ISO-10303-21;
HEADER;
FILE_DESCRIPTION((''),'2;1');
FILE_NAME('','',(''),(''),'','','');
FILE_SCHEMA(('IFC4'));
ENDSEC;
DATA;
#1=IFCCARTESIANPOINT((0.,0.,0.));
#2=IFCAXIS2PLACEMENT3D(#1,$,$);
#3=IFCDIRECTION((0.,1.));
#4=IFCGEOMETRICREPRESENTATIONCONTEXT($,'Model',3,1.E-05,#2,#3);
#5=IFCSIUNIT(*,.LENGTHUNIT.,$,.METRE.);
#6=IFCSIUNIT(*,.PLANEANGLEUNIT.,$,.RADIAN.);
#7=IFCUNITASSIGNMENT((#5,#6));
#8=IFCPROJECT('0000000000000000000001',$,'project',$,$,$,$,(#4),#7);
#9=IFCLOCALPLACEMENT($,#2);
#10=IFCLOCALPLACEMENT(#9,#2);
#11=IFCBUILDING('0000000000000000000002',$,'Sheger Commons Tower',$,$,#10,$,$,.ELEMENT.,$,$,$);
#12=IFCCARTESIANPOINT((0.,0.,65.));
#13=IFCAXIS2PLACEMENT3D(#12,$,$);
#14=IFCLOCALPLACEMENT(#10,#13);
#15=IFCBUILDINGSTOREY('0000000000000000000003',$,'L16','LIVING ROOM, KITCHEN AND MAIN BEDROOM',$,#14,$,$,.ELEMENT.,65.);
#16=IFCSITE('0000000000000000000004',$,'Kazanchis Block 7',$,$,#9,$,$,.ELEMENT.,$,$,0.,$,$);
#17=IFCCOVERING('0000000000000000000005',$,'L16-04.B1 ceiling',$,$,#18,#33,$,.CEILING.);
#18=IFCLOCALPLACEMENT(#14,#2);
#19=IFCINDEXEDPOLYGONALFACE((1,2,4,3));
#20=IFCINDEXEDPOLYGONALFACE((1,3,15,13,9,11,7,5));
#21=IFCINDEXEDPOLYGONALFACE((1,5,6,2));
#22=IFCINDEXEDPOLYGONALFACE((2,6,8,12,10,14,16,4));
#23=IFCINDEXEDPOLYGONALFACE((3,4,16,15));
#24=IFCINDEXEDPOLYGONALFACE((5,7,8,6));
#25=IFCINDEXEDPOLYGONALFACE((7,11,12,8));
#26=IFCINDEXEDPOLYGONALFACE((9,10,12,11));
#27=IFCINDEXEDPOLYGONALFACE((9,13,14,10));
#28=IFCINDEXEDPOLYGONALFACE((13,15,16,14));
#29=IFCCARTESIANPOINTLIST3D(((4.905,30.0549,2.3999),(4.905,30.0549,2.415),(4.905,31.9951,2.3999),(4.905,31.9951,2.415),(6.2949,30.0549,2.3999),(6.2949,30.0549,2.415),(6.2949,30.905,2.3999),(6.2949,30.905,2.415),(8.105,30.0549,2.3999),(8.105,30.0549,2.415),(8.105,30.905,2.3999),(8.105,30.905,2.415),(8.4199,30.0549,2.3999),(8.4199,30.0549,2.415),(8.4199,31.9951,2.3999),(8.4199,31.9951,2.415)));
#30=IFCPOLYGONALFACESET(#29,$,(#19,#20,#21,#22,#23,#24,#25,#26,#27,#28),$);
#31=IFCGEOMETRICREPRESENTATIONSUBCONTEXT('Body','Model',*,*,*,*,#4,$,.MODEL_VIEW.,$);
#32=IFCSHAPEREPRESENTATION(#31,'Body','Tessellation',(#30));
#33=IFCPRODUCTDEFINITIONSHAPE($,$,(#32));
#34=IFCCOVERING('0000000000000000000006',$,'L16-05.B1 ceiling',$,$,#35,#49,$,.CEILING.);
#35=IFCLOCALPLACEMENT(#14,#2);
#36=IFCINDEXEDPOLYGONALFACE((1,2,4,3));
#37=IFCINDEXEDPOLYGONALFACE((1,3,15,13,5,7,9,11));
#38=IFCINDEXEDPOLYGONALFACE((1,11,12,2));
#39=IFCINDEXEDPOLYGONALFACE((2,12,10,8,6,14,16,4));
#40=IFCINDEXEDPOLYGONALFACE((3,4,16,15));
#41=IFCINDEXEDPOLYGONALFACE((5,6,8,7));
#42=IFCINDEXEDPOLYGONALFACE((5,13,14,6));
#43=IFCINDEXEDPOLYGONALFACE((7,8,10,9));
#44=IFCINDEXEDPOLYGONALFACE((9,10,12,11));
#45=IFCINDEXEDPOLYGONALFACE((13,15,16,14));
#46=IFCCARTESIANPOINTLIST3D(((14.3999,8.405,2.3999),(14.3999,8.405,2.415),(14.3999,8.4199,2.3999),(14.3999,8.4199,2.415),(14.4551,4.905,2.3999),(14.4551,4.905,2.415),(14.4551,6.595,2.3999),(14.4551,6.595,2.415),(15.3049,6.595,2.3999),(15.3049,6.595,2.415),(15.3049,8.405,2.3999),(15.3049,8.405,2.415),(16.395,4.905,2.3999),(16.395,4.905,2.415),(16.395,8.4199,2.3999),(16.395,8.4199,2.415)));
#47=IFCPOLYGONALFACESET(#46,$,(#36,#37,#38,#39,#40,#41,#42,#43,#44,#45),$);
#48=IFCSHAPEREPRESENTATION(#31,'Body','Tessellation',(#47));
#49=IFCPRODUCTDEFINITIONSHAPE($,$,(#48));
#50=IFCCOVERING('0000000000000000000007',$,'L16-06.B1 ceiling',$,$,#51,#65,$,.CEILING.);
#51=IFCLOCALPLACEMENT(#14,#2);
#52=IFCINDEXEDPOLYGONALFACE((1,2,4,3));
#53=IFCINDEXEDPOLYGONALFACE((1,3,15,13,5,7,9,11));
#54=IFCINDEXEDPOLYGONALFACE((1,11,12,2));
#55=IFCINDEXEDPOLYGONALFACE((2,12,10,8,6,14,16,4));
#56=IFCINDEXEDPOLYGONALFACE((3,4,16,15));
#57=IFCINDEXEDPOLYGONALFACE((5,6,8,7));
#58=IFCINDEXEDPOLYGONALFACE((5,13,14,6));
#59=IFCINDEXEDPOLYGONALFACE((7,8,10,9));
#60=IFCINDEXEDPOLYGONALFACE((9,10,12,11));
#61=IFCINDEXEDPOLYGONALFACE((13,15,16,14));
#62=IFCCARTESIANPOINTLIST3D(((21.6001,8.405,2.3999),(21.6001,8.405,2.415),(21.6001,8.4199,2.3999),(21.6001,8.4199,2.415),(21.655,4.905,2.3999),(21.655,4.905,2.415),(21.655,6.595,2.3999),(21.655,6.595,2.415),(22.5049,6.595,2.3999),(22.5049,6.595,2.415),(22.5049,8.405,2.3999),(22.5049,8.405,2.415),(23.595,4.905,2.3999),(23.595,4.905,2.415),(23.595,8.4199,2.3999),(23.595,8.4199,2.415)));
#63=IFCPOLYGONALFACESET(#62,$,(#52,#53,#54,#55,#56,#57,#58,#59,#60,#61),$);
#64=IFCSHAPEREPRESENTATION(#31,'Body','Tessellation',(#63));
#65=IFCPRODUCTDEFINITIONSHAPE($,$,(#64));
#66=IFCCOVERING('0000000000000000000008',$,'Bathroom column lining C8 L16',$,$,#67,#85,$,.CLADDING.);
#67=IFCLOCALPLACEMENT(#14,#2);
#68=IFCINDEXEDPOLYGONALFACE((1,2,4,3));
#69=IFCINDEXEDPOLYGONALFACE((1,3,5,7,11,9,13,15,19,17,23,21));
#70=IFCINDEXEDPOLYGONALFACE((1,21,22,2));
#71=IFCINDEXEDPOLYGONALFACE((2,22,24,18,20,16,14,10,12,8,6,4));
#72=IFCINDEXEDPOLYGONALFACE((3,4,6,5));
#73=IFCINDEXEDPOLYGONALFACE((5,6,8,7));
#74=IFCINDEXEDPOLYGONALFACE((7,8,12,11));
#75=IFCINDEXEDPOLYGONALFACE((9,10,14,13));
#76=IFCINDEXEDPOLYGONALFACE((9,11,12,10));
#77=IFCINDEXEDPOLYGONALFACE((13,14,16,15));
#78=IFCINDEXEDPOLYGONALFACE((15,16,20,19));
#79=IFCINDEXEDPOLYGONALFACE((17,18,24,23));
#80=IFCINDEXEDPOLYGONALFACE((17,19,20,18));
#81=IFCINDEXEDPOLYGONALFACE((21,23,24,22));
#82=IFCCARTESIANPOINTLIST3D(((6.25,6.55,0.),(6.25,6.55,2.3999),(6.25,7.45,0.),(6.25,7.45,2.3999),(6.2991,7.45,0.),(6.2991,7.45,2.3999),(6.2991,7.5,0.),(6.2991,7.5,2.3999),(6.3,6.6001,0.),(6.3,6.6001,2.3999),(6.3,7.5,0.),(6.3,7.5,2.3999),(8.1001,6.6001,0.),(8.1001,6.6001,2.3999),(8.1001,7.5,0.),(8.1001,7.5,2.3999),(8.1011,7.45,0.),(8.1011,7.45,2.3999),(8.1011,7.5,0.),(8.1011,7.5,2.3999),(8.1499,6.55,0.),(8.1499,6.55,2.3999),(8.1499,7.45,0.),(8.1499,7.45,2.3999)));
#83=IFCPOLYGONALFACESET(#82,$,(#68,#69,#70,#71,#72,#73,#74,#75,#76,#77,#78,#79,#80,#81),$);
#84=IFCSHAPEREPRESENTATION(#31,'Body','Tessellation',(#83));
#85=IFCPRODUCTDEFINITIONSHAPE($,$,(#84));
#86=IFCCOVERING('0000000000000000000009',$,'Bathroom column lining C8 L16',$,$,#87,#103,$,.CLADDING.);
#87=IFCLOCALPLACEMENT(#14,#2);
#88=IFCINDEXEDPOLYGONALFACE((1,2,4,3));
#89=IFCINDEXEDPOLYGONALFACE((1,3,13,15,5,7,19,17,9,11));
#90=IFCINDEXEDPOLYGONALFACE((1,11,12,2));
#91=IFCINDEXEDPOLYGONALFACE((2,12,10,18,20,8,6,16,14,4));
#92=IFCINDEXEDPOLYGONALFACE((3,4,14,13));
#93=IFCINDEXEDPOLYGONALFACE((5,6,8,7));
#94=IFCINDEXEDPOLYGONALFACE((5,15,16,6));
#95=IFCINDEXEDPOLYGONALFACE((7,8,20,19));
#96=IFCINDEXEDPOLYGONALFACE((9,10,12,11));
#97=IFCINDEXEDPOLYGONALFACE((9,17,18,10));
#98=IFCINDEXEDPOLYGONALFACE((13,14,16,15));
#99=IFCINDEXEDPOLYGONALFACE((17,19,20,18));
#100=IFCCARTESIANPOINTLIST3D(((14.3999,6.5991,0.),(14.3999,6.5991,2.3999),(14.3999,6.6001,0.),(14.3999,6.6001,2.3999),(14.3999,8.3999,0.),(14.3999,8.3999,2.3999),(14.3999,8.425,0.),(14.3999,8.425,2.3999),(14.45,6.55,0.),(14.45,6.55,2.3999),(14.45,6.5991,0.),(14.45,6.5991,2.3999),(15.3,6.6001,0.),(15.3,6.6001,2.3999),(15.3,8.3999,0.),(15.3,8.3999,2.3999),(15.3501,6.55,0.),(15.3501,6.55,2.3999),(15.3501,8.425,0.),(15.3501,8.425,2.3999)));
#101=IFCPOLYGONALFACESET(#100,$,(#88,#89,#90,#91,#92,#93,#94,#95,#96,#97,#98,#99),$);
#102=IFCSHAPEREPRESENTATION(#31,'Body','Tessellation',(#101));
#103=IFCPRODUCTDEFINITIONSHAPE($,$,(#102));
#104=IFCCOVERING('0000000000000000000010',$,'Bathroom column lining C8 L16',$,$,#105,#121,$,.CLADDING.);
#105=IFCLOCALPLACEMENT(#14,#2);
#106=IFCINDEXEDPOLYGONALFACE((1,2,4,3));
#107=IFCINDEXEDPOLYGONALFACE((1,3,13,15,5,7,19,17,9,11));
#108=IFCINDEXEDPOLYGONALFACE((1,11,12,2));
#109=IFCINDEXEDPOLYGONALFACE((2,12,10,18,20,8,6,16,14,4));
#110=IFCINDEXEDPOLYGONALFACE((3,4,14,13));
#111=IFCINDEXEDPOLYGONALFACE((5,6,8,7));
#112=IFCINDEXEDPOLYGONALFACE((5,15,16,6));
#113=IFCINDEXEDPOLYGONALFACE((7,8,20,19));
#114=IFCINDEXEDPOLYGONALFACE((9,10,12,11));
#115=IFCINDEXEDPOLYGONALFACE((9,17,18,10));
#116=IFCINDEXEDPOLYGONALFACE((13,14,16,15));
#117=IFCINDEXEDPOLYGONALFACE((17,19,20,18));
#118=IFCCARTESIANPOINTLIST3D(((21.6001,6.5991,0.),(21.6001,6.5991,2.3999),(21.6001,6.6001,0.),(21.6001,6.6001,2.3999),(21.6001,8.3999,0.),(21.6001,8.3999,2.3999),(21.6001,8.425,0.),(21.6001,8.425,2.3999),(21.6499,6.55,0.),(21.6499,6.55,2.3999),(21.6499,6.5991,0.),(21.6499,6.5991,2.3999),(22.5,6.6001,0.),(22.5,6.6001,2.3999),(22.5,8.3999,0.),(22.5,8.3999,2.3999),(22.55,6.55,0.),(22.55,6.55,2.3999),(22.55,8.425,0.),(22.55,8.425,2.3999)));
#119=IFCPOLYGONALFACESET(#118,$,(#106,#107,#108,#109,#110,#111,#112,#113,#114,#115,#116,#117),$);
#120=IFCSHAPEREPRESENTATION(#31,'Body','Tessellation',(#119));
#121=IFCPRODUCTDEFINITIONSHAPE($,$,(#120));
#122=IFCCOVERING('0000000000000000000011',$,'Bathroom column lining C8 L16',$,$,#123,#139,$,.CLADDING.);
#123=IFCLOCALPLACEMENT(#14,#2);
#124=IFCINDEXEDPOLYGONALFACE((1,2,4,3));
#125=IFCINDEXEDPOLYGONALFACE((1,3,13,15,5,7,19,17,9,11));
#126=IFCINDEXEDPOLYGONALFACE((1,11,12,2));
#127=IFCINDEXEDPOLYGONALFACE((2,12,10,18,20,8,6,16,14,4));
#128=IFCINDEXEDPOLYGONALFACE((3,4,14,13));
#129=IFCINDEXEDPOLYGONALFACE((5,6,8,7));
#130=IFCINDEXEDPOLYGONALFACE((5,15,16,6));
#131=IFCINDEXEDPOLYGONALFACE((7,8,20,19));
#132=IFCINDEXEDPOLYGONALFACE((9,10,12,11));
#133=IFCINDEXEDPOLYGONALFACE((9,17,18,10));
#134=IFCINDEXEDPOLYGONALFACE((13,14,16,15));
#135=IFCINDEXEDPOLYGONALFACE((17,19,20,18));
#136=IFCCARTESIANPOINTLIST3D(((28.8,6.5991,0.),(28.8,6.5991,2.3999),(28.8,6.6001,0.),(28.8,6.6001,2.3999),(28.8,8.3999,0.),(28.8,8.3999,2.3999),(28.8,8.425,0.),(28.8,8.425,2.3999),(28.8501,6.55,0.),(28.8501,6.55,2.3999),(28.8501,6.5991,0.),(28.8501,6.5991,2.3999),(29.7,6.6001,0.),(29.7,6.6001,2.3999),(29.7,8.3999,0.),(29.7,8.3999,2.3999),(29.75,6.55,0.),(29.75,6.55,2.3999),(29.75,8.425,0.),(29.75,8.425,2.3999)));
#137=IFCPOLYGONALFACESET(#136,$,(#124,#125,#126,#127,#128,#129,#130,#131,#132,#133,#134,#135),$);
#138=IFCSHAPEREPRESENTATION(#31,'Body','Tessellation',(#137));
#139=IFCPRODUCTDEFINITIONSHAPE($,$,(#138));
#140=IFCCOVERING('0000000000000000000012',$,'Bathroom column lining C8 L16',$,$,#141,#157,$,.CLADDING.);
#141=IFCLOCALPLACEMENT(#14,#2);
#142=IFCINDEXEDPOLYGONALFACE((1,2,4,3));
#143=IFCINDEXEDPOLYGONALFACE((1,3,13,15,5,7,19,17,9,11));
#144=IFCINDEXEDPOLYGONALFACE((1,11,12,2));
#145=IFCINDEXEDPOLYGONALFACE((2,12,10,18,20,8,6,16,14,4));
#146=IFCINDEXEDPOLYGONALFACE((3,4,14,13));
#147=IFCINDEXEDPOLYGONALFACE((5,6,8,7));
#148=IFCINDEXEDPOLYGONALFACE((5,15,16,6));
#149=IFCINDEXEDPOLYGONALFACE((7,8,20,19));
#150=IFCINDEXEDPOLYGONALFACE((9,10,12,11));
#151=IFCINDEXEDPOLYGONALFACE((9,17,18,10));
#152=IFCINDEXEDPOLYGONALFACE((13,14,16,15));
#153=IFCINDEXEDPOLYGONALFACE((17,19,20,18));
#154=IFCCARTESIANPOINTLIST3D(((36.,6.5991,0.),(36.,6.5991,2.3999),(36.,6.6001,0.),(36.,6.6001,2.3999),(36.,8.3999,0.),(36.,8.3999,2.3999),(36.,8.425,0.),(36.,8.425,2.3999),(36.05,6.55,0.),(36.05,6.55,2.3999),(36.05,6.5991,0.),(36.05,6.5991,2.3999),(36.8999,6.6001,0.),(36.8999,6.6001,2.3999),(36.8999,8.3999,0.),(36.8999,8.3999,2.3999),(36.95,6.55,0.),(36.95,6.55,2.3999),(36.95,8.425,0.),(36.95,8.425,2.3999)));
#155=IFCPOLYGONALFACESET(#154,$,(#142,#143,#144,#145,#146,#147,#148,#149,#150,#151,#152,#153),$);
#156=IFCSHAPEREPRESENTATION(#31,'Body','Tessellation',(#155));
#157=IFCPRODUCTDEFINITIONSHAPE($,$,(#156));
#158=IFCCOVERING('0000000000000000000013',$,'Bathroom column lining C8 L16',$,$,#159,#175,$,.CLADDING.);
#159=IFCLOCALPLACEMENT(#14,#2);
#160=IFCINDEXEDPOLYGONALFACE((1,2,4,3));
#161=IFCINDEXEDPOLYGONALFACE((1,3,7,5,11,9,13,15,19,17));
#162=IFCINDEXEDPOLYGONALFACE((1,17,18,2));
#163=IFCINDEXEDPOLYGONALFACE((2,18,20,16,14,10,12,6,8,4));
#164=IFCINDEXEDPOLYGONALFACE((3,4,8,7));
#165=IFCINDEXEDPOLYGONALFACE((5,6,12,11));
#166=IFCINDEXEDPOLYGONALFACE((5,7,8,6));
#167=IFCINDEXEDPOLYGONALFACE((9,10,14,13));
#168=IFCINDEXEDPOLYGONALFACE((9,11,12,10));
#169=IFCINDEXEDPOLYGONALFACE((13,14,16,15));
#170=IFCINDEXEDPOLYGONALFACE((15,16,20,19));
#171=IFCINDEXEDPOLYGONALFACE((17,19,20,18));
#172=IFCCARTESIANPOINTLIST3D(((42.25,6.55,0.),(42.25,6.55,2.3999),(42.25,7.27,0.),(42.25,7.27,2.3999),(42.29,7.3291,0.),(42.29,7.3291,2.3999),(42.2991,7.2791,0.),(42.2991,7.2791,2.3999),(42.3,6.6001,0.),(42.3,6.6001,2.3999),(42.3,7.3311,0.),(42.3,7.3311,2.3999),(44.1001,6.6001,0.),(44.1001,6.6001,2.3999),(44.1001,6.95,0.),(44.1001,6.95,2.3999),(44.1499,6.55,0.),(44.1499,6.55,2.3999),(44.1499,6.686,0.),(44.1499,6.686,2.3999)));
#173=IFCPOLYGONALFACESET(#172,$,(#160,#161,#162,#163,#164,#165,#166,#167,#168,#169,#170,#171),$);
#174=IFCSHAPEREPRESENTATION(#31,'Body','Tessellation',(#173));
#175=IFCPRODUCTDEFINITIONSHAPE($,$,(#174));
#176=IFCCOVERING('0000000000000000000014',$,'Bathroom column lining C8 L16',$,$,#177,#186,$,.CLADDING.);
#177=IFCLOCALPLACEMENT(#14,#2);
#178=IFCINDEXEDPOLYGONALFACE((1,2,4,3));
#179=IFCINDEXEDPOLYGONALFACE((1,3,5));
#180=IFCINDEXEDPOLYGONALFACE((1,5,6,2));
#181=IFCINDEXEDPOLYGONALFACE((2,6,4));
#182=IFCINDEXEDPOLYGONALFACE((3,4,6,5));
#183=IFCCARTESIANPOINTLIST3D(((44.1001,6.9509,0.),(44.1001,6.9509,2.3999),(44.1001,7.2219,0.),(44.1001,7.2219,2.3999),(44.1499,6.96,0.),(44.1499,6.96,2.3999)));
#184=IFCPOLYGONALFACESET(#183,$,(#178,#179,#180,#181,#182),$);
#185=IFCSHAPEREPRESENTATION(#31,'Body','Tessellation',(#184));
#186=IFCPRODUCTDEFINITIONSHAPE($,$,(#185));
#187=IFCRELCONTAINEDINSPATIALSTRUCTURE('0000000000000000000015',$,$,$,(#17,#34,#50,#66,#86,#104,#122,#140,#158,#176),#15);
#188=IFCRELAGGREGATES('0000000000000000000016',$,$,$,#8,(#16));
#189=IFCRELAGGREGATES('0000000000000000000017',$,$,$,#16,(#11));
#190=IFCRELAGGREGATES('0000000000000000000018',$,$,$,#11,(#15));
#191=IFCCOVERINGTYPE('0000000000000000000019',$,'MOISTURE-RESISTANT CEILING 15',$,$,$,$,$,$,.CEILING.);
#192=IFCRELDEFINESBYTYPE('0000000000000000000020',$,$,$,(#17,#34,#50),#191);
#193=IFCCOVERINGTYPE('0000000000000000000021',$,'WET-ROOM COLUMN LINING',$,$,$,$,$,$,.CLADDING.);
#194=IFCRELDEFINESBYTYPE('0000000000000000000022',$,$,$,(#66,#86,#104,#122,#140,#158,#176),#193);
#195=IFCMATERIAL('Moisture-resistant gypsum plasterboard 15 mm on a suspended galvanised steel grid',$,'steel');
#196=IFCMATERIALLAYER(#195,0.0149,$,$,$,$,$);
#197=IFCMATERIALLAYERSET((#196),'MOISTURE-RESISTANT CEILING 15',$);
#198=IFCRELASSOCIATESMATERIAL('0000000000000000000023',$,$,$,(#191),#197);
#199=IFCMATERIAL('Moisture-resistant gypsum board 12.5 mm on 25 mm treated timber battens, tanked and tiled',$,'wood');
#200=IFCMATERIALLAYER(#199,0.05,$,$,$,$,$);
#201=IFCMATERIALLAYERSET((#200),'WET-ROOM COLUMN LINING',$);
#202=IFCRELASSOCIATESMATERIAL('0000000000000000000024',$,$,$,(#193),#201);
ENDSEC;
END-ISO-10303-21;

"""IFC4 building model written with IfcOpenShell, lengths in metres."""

from ifc_helpers import new_model, si_unit, direction, frame, origin, place, context, subcontext, project, spatial, polyline, outline, extrude, material, layer, layer_set, type_object, element, save


model = new_model("IFC4")

# Units and contexts
model_context = context("Model", 3, precision=1e-05, world=origin(), true_north=direction((0.0, 1.0)))
body_context = subcontext(model_context, "Body", "Model", "MODEL_VIEW")
ifc_project = project(units=[si_unit("LENGTHUNIT", "METRE"), si_unit("PLANEANGLEUNIT", "RADIAN")], contexts=[model_context])

# Site, building, storey
site_placement = place(None, origin())
site = spatial("IfcSite", under=ifc_project, at=site_placement, Name="Kazanchis Block 7", CompositionType="ELEMENT", RefElevation=0.0)
building_placement = place(site_placement, origin())
building = spatial("IfcBuilding", under=site, at=building_placement, Name="Sheger Commons Tower", CompositionType="ELEMENT")
storey_placement = place(building_placement, frame((0.0, 0.0, 65.0)))
storey = spatial("IfcBuildingStorey", under=building, at=storey_placement, Name="L16", Description="LIVING ROOM, KITCHEN AND MAIN BEDROOM", CompositionType="ELEMENT", Elevation=65.0)

# Coverings
ifc_material_1 = material(Name="Moisture-resistant gypsum plasterboard 15 mm on a suspended galvanised steel grid", Category="steel")
ifc_layer_1 = layer(ifc_material_1, 0.0149)
ifc_layer_set_1 = layer_set([ifc_layer_1], Name="MOISTURE-RESISTANT CEILING 15")
covering_type_1 = type_object("IfcCoveringType", Name="MOISTURE-RESISTANT CEILING 15", PredefinedType="CEILING", material=ifc_layer_set_1)
covering_1_placement = place(storey_placement, frame((0.0, 0.0, 2.3999)))
element("IfcCovering", 1, at=covering_1_placement, inside=storey, type_object=covering_type_1, Name="L16-04.B1 ceiling", PredefinedType="CEILING", context=body_context, shape_type="SweptSolid", body=[
    extrude(outline(polyline([(4.905, 30.0549), (6.2949, 30.0549), (6.2949, 30.905), (8.105, 30.905), (8.105, 30.0549), (8.4199, 30.0549), (8.4199, 31.9951), (4.905, 31.9951), (4.905, 30.0549)])), origin(), (0.0, 0.0, 1.0), 0.0151),
])
covering_2_placement = place(storey_placement, frame((0.0, 0.0, 2.3999)))
element("IfcCovering", 2, at=covering_2_placement, inside=storey, type_object=covering_type_1, Name="L16-05.B1 ceiling", PredefinedType="CEILING", context=body_context, shape_type="SweptSolid", body=[
    extrude(outline(polyline([(14.4551, 4.905), (16.395, 4.905), (16.395, 8.4199), (14.3999, 8.4199), (14.3999, 8.405), (15.3049, 8.405), (15.3049, 6.595), (14.4551, 6.595), (14.4551, 4.905)])), origin(), (0.0, 0.0, 1.0), 0.0151),
])
covering_3_placement = place(storey_placement, frame((0.0, 0.0, 2.3999)))
element("IfcCovering", 3, at=covering_3_placement, inside=storey, type_object=covering_type_1, Name="L16-06.B1 ceiling", PredefinedType="CEILING", context=body_context, shape_type="SweptSolid", body=[
    extrude(outline(polyline([(21.655, 4.905), (23.595, 4.905), (23.595, 8.4199), (21.6001, 8.4199), (21.6001, 8.405), (22.5049, 8.405), (22.5049, 6.595), (21.655, 6.595), (21.655, 4.905)])), origin(), (0.0, 0.0, 1.0), 0.0151),
])
ifc_material_2 = material(Name="Moisture-resistant gypsum board 12.5 mm on 25 mm treated timber battens, tanked and tiled", Category="wood")
ifc_layer_2 = layer(ifc_material_2, 0.05)
ifc_layer_set_2 = layer_set([ifc_layer_2], Name="WET-ROOM COLUMN LINING")
covering_type_2 = type_object("IfcCoveringType", Name="WET-ROOM COLUMN LINING", PredefinedType="CLADDING", material=ifc_layer_set_2)
covering_4_placement = place(storey_placement, origin())
element("IfcCovering", 4, at=covering_4_placement, inside=storey, type_object=covering_type_2, Name="Bathroom column lining C8 L16", PredefinedType="CLADDING", context=body_context, shape_type="SweptSolid", body=[
    extrude(outline(polyline([(6.3, 7.5), (6.3, 6.6001), (8.1001, 6.6001), (8.1001, 7.5), (8.1011, 7.5), (8.1011, 7.45), (8.1499, 7.45), (8.1499, 6.55), (6.25, 6.55), (6.25, 7.45), (6.2991, 7.45), (6.2991, 7.5), (6.3, 7.5)])), origin(), (0.0, 0.0, 1.0), 2.3999),
])
covering_5_placement = place(storey_placement, origin())
element("IfcCovering", 5, at=covering_5_placement, inside=storey, type_object=covering_type_2, Name="Bathroom column lining C8 L16", PredefinedType="CLADDING", context=body_context, shape_type="SweptSolid", body=[
    extrude(outline(polyline([(15.3501, 6.55), (14.45, 6.55), (14.45, 6.5991), (14.3999, 6.5991), (14.3999, 6.6001), (15.3, 6.6001), (15.3, 8.3999), (14.3999, 8.3999), (14.3999, 8.425), (15.3501, 8.425), (15.3501, 6.55)])), origin(), (0.0, 0.0, 1.0), 2.3999),
])
covering_6_placement = place(storey_placement, origin())
element("IfcCovering", 6, at=covering_6_placement, inside=storey, type_object=covering_type_2, Name="Bathroom column lining C8 L16", PredefinedType="CLADDING", context=body_context, shape_type="SweptSolid", body=[
    extrude(outline(polyline([(22.55, 6.55), (21.6499, 6.55), (21.6499, 6.5991), (21.6001, 6.5991), (21.6001, 6.6001), (22.5, 6.6001), (22.5, 8.3999), (21.6001, 8.3999), (21.6001, 8.425), (22.55, 8.425), (22.55, 6.55)])), origin(), (0.0, 0.0, 1.0), 2.3999),
])
covering_7_placement = place(storey_placement, origin())
element("IfcCovering", 7, at=covering_7_placement, inside=storey, type_object=covering_type_2, Name="Bathroom column lining C8 L16", PredefinedType="CLADDING", context=body_context, shape_type="SweptSolid", body=[
    extrude(outline(polyline([(29.75, 6.55), (28.8501, 6.55), (28.8501, 6.5991), (28.8, 6.5991), (28.8, 6.6001), (29.7, 6.6001), (29.7, 8.3999), (28.8, 8.3999), (28.8, 8.425), (29.75, 8.425), (29.75, 6.55)])), origin(), (0.0, 0.0, 1.0), 2.3999),
])
covering_8_placement = place(storey_placement, origin())
element("IfcCovering", 8, at=covering_8_placement, inside=storey, type_object=covering_type_2, Name="Bathroom column lining C8 L16", PredefinedType="CLADDING", context=body_context, shape_type="SweptSolid", body=[
    extrude(outline(polyline([(36.95, 6.55), (36.05, 6.55), (36.05, 6.5991), (36.0, 6.5991), (36.0, 6.6001), (36.8999, 6.6001), (36.8999, 8.3999), (36.0, 8.3999), (36.0, 8.425), (36.95, 8.425), (36.95, 6.55)])), origin(), (0.0, 0.0, 1.0), 2.3999),
])
covering_9_placement = place(storey_placement, origin())
element("IfcCovering", 9, at=covering_9_placement, inside=storey, type_object=covering_type_2, Name="Bathroom column lining C8 L16", PredefinedType="CLADDING", context=body_context, shape_type="SweptSolid", body=[
    extrude(outline(polyline([(42.3, 7.3311), (42.3, 6.6001), (44.1001, 6.6001), (44.1001, 6.95), (44.1499, 6.686), (44.1499, 6.55), (42.25, 6.55), (42.25, 7.27), (42.2991, 7.2791), (42.29, 7.3291), (42.3, 7.3311)])), origin(), (0.0, 0.0, 1.0), 2.3999),
])
covering_10_placement = place(storey_placement, origin())
element("IfcCovering", 10, at=covering_10_placement, inside=storey, type_object=covering_type_2, Name="Bathroom column lining C8 L16", PredefinedType="CLADDING", context=body_context, shape_type="SweptSolid", body=[
    extrude(outline(polyline([(44.1001, 7.2219), (44.1499, 6.96), (44.1001, 6.9509), (44.1001, 7.2219)])), origin(), (0.0, 0.0, 1.0), 2.3999),
])

save(model, "model.ifc")
